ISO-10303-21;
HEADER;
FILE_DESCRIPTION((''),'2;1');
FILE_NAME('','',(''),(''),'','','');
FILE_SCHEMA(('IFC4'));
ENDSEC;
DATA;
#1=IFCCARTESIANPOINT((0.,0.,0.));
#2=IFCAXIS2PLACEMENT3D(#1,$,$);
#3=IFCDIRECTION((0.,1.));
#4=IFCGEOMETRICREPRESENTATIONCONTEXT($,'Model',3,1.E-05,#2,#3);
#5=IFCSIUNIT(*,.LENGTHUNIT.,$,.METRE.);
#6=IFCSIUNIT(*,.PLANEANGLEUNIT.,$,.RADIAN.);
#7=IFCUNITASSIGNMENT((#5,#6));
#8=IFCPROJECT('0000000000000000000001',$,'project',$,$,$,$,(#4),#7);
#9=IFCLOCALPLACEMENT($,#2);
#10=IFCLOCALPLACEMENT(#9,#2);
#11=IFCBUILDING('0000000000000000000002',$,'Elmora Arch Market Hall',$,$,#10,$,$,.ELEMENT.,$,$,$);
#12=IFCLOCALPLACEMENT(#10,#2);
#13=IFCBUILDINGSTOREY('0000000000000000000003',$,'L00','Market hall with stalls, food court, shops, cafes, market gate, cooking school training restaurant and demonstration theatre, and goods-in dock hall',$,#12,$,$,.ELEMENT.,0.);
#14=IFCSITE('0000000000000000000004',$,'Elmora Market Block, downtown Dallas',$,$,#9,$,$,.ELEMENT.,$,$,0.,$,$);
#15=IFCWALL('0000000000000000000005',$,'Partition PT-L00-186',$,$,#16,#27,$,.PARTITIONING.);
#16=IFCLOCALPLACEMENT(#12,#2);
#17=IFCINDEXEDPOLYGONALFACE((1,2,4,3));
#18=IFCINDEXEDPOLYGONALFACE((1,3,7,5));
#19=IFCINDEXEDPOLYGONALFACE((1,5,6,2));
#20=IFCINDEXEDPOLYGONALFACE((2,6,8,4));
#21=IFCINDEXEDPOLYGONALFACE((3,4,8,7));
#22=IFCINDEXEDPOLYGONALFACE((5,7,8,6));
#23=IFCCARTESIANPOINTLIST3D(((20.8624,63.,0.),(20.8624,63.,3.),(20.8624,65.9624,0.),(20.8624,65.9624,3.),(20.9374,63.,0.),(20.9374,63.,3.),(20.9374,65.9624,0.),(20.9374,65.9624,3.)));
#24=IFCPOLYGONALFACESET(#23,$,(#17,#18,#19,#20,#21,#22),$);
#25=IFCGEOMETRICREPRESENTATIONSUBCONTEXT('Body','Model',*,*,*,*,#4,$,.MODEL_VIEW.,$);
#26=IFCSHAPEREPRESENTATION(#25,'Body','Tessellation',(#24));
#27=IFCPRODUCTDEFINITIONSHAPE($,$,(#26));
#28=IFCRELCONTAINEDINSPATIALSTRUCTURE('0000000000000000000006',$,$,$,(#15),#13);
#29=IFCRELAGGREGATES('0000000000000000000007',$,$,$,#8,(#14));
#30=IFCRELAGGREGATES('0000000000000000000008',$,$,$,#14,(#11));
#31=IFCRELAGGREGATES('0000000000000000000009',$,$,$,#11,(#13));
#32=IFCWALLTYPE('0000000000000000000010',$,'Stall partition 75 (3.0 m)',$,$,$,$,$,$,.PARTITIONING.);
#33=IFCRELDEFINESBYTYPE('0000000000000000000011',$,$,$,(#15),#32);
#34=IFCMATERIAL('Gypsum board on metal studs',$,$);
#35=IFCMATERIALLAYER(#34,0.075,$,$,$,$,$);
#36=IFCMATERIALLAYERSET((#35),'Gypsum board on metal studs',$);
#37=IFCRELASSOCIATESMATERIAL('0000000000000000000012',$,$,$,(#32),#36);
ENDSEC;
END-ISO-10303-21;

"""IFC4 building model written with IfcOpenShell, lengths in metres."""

from ifc_helpers import new_model, si_unit, direction, frame, frame_2d, origin, place, context, subcontext, project, spatial, rectangle, extrude, material, layer, layer_set, type_object, element, save


model = new_model("IFC4")

# Units and contexts
model_context = context("Model", 3, precision=1e-05, world=origin(), true_north=direction((0.0, 1.0)))
body_context = subcontext(model_context, "Body", "Model", "MODEL_VIEW")
ifc_project = project(units=[si_unit("LENGTHUNIT", "METRE"), si_unit("PLANEANGLEUNIT", "RADIAN")], contexts=[model_context])

# Site, building, storey
site_placement = place(None, origin())
site = spatial("IfcSite", under=ifc_project, at=site_placement, Name="Elmora Market Block, downtown Dallas", CompositionType="ELEMENT", RefElevation=0.0)
building_placement = place(site_placement, origin())
building = spatial("IfcBuilding", under=site, at=building_placement, Name="Elmora Arch Market Hall", CompositionType="ELEMENT")
storey_placement = place(building_placement, origin())
storey = spatial("IfcBuildingStorey", under=building, at=storey_placement, Name="L00", Description="Market hall with stalls, food court, shops, cafes, market gate, cooking school training restaurant and demonstration theatre, and goods-in dock hall", CompositionType="ELEMENT", Elevation=0.0)

# Shared definitions
ifc_material_1 = material(Name="Gypsum board on metal studs")
ifc_layer_1 = layer(ifc_material_1, 0.075)
ifc_layer_set_1 = layer_set([ifc_layer_1], Name="Gypsum board on metal studs")
wall_type = type_object("IfcWallType", Name="Stall partition 75 (3.0 m)", PredefinedType="PARTITIONING", material=ifc_layer_set_1)

# Wall
for number, where, z_axis, x_axis, name in (
    (1, (20.8999, 63.0, 0.0), (0.0, 0.0, 1.0), (0.0, 1.0, 0.0), "Partition PT-L00-186"),
):
    element("IfcWall", number, at=place(storey_placement, frame(where, z_axis=z_axis, x_axis=x_axis)), inside=storey, type_object=wall_type, Name=name, PredefinedType="PARTITIONING", context=body_context, shape_type="SweptSolid", body=[
        extrude(rectangle(XDim=2.9624, YDim=0.075, at=frame_2d((1.4812, 0.0))), origin(), (0.0, 0.0, 1.0), 3.0),
    ])

save(model, "model.ifc")
